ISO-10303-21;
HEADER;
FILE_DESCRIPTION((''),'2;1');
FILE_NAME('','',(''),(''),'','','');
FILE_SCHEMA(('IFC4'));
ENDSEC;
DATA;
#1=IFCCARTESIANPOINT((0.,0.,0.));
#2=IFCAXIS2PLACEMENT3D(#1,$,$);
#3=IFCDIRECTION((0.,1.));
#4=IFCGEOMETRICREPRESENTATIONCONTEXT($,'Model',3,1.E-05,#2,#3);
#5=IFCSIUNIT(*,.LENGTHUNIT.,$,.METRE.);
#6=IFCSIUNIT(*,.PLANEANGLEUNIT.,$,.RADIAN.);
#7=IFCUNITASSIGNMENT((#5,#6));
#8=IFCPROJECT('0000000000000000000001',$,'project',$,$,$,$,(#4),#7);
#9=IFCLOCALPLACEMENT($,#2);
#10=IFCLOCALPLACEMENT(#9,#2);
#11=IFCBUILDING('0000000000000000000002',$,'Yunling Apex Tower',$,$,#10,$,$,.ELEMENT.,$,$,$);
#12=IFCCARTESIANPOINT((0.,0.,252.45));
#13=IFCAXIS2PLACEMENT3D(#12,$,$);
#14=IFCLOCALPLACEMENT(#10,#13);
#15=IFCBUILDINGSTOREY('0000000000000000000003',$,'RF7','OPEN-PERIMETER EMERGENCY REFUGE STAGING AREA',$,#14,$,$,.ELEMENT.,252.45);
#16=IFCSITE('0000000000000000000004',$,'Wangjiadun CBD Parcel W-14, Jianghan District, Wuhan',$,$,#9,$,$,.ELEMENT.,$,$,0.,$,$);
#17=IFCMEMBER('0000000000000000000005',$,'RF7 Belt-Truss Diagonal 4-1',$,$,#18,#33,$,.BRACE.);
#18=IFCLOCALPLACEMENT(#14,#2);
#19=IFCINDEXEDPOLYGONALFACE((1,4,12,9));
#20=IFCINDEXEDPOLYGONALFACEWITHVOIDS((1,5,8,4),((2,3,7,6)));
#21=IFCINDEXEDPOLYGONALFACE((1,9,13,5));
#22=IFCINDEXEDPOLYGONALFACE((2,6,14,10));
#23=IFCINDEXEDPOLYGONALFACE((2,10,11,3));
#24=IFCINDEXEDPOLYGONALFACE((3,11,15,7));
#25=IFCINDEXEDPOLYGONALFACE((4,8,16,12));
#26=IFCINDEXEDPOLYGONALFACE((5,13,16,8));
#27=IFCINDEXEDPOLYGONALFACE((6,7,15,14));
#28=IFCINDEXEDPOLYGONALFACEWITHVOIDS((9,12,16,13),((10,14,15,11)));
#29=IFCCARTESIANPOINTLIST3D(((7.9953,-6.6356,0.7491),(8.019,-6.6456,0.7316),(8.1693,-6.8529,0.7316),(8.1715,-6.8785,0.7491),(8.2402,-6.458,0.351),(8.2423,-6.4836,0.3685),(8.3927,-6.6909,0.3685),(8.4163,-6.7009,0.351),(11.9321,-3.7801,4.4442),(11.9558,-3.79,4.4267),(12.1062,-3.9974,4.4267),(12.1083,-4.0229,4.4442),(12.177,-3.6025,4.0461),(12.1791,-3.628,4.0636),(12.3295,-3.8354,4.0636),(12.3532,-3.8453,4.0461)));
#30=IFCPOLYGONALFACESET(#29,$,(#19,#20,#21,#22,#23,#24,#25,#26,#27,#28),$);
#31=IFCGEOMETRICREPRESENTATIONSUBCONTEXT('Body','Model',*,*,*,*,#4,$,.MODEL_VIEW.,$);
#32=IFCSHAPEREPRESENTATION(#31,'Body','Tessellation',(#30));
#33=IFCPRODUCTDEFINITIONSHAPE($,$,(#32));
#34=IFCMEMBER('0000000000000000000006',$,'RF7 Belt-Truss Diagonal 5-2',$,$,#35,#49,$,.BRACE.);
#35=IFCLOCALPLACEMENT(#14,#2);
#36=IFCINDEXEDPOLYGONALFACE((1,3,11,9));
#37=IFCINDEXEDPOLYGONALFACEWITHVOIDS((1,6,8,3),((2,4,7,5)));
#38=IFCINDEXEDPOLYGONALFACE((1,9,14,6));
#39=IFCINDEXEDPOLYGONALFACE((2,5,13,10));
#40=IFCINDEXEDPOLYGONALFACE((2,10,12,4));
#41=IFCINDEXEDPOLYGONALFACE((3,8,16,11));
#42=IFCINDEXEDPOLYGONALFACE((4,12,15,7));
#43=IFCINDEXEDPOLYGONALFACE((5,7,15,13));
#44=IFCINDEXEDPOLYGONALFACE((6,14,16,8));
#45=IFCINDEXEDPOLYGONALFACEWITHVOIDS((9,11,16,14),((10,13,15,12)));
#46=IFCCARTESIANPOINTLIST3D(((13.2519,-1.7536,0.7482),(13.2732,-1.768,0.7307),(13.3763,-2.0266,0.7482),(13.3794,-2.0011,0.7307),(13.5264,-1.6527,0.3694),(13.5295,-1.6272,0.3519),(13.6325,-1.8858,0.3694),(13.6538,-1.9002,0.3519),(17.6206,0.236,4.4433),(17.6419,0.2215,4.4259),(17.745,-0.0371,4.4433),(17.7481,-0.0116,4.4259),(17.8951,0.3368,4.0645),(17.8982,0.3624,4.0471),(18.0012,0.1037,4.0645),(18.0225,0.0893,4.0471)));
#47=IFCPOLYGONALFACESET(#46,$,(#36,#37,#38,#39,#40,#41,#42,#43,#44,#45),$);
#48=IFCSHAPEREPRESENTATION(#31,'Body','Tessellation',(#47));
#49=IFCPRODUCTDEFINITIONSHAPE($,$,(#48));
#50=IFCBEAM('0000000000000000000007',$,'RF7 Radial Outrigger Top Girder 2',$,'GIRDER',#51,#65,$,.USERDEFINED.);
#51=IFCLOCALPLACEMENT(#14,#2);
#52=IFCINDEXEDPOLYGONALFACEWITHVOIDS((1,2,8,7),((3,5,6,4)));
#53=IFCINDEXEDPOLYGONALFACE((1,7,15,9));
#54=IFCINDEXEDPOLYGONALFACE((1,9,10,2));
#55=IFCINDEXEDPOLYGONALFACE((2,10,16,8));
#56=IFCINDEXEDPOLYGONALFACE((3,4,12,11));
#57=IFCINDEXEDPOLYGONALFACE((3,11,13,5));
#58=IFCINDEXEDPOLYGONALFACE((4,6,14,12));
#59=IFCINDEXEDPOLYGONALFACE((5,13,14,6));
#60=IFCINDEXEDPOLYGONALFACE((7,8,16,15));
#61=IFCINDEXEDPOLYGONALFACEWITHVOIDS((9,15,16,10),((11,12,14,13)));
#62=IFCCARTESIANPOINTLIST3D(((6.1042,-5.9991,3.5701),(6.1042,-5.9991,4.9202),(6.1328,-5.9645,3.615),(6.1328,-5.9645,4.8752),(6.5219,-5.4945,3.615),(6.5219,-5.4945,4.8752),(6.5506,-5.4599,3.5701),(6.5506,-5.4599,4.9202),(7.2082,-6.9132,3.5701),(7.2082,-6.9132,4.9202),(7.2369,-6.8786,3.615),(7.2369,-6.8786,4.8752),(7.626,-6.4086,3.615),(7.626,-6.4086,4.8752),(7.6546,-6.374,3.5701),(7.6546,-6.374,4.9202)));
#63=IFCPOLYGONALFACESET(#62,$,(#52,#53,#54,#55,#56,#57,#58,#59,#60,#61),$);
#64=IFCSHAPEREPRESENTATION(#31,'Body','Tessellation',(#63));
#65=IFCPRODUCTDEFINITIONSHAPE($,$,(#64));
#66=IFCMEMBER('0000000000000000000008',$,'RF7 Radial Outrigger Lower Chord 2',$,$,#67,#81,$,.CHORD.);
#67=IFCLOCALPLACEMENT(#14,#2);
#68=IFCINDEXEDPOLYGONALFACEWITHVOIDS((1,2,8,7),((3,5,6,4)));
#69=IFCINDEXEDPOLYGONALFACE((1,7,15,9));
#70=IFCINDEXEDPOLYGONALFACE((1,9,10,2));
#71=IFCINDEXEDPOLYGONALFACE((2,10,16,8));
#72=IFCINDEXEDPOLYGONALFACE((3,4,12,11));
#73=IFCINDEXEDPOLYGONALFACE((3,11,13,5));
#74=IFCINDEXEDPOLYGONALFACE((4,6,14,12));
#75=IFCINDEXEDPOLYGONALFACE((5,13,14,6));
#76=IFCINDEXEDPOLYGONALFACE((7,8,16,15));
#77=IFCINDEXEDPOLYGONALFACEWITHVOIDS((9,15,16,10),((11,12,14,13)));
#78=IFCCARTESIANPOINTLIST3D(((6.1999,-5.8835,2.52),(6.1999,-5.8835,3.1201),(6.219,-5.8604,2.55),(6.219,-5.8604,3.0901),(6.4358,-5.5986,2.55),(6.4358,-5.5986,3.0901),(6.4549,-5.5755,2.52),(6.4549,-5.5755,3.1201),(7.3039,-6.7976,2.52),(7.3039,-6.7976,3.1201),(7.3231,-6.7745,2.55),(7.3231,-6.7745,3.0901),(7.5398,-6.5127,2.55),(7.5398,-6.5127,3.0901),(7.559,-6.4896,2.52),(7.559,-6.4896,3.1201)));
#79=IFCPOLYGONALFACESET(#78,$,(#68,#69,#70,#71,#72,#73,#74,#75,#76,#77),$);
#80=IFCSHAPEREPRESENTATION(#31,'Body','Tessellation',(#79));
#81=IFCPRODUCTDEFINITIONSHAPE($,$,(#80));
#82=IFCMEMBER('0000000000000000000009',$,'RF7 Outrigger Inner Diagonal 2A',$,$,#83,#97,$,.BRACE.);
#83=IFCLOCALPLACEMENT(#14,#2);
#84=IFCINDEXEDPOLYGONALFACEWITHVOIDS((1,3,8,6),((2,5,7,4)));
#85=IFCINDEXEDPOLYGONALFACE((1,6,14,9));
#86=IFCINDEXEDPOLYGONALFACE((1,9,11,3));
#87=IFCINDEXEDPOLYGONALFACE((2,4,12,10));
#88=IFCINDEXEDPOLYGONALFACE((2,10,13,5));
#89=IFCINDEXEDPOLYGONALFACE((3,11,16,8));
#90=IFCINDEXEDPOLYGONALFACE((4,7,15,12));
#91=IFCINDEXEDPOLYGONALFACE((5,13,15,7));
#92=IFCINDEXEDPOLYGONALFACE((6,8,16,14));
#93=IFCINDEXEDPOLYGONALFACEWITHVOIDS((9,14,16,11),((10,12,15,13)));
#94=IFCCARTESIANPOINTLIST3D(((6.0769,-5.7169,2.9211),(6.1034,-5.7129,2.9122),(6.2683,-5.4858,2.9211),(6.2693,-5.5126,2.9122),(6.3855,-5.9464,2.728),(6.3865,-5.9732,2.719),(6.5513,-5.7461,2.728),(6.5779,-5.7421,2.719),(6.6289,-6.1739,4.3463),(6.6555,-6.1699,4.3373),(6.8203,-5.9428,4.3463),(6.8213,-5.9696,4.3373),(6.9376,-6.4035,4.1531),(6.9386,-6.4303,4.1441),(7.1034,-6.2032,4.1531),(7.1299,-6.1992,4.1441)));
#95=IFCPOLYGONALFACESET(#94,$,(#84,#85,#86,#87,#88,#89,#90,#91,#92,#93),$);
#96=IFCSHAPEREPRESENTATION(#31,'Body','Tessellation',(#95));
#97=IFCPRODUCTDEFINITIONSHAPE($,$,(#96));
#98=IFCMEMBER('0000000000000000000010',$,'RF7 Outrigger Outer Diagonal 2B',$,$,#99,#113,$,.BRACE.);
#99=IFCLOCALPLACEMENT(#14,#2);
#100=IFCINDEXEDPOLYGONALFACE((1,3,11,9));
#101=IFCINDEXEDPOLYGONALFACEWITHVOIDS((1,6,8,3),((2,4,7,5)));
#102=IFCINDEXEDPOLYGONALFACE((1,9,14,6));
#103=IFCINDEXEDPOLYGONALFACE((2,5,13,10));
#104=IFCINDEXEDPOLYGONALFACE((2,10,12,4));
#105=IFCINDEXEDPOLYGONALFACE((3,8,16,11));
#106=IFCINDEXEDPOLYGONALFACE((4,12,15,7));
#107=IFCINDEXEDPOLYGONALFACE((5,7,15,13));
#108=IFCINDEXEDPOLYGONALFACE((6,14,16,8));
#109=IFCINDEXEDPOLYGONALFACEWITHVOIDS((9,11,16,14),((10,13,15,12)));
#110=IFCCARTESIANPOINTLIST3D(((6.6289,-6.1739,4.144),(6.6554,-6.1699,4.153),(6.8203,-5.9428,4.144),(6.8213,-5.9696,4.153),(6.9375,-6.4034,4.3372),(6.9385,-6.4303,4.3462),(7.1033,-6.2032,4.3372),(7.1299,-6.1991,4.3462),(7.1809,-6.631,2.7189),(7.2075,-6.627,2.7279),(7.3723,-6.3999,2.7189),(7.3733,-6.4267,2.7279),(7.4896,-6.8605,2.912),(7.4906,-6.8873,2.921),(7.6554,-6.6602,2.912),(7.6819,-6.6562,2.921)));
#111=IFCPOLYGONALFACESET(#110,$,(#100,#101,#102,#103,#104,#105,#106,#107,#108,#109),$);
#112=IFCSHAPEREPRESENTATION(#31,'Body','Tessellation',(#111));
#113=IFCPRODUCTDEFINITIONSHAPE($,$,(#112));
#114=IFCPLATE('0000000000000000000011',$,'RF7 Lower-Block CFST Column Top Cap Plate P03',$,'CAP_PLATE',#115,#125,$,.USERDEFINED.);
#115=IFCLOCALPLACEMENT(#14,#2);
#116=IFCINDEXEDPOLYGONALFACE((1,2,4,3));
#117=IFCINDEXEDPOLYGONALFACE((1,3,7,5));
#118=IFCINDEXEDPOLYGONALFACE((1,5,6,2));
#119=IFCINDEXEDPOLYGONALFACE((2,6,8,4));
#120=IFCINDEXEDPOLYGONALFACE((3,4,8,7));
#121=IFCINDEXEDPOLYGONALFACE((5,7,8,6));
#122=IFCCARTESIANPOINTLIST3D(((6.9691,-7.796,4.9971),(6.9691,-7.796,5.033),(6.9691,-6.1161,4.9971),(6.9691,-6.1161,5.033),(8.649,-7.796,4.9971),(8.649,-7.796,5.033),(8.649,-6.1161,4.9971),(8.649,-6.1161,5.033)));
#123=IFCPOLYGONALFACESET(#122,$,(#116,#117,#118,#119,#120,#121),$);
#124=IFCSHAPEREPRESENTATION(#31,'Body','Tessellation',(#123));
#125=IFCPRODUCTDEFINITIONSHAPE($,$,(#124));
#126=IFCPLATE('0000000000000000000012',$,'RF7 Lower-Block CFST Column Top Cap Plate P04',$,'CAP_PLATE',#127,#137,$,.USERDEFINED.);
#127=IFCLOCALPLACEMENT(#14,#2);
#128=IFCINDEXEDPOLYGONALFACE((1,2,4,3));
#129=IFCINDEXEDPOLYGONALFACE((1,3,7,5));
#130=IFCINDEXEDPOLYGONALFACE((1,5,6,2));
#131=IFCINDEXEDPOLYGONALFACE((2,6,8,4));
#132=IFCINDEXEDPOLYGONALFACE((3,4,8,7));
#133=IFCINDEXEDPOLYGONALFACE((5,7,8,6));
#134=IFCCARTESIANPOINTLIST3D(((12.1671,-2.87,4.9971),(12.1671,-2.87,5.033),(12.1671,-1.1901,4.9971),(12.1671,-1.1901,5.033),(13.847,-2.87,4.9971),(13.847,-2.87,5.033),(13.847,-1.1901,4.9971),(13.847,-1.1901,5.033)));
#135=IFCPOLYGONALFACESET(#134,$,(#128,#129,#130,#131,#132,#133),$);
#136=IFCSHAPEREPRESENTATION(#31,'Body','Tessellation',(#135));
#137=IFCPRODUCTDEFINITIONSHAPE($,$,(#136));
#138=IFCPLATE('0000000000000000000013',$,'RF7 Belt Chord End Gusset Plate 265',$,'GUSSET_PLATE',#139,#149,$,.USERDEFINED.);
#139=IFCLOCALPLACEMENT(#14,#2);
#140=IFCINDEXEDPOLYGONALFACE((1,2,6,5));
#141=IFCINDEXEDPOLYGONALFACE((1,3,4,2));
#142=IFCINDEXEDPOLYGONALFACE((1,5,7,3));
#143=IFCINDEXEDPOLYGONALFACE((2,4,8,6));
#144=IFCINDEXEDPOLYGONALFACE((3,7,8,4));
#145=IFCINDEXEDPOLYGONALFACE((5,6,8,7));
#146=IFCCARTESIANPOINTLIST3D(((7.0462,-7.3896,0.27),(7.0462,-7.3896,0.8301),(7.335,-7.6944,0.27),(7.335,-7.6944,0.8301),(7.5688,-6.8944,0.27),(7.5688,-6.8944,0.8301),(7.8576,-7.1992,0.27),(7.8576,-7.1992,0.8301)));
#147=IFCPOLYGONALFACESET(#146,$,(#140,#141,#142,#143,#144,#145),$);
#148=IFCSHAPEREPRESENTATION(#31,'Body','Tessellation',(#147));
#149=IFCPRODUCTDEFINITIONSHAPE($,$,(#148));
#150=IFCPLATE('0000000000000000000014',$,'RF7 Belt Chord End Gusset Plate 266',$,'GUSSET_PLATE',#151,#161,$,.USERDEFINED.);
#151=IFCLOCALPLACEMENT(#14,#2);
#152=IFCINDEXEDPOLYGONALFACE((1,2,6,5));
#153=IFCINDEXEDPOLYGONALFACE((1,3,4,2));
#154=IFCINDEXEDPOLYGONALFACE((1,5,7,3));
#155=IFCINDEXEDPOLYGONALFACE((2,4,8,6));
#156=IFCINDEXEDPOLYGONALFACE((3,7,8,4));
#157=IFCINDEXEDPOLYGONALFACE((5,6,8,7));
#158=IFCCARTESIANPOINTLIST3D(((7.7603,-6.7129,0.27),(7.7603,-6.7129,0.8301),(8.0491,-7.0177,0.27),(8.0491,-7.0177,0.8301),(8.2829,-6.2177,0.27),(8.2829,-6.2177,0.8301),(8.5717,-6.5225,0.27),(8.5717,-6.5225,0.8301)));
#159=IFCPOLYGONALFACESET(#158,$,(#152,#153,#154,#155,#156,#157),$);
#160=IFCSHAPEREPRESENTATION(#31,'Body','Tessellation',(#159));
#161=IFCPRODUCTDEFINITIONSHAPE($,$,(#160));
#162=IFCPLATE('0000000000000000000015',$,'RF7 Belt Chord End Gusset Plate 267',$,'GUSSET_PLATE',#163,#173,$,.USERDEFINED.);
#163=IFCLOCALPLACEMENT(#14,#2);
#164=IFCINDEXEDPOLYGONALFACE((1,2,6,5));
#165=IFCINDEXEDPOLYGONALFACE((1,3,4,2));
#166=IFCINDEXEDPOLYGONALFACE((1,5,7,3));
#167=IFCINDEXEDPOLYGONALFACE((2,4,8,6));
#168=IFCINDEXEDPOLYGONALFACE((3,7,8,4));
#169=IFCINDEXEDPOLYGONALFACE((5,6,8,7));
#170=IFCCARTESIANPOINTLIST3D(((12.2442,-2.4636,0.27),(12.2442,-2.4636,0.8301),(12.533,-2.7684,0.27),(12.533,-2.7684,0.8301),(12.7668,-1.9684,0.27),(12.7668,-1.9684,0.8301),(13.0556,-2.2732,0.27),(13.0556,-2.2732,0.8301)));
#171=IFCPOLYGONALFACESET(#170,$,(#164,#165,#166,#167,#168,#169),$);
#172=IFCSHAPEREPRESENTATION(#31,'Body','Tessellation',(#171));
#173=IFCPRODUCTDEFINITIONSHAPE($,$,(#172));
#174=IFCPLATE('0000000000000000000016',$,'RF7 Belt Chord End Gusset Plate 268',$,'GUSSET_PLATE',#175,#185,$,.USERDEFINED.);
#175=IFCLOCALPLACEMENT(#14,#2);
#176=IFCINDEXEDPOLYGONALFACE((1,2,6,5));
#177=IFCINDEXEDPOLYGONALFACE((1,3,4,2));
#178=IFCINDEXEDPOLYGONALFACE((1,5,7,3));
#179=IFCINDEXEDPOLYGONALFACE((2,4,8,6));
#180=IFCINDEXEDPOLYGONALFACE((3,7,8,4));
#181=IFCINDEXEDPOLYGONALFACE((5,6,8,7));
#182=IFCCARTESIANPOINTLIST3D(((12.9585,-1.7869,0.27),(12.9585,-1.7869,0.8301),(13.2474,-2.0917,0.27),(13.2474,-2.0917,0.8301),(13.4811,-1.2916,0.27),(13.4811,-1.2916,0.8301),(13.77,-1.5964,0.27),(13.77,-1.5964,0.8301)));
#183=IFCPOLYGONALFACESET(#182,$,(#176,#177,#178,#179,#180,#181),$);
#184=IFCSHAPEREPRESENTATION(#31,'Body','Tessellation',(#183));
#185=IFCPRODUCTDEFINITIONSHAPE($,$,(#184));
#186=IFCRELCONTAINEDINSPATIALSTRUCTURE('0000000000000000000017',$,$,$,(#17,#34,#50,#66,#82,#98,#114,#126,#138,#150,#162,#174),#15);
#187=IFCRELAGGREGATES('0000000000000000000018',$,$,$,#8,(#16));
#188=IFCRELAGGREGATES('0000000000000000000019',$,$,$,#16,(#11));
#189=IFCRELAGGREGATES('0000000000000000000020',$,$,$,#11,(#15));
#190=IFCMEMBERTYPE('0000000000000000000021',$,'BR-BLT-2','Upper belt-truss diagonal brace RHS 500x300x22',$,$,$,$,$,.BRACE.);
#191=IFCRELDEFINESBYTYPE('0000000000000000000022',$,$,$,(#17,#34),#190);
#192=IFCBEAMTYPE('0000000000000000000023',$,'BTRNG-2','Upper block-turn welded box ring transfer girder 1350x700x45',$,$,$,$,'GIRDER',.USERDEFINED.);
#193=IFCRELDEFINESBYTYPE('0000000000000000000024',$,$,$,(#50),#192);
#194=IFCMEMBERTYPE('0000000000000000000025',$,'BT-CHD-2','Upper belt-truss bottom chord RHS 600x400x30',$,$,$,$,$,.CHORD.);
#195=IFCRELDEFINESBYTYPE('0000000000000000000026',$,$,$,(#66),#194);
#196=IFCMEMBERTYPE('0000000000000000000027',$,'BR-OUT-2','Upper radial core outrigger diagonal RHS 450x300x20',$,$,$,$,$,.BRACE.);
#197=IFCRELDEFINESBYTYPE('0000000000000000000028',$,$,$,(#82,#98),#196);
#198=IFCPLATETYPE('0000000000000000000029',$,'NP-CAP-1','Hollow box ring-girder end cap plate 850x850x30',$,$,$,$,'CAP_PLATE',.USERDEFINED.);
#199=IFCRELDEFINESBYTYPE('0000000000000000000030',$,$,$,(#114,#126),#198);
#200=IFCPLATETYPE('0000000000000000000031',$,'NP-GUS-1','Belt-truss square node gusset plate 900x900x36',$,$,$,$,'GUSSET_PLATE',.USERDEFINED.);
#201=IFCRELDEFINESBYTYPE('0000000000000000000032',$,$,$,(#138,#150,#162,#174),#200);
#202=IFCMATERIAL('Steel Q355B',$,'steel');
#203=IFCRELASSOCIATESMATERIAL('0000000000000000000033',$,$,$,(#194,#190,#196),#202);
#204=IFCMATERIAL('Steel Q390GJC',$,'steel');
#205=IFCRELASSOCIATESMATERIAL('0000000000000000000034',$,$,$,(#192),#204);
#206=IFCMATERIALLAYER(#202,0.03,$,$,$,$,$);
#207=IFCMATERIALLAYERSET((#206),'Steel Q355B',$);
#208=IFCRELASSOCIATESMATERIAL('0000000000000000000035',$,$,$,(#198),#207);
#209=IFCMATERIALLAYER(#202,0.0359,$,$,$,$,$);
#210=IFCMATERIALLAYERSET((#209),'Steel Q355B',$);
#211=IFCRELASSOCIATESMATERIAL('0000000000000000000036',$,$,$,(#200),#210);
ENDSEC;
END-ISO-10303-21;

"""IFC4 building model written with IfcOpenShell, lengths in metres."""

from ifc_helpers import new_model, si_unit, direction, frame, origin, origin_2d, place, context, subcontext, project, spatial, rectangle, hollow_rectangle, extrude, source, transform, mapped, material, layer, layer_set, material_profile, profile_set, type_object, element, save


model = new_model("IFC4")

# Units and contexts
model_context = context("Model", 3, precision=1e-05, world=origin(), true_north=direction((0.0, 1.0)))
body_context = subcontext(model_context, "Body", "Model", "MODEL_VIEW")
ifc_project = project(units=[si_unit("LENGTHUNIT", "METRE"), si_unit("PLANEANGLEUNIT", "RADIAN")], contexts=[model_context])

# Site, building, storey
site_placement = place(None, origin())
site = spatial("IfcSite", under=ifc_project, at=site_placement, Name="Wangjiadun CBD Parcel W-14, Jianghan District, Wuhan", CompositionType="ELEMENT", RefElevation=0.0)
building_placement = place(site_placement, origin())
building = spatial("IfcBuilding", under=site, at=building_placement, Name="Yunling Apex Tower", CompositionType="ELEMENT")
storey_placement = place(building_placement, frame((0.0, 0.0, 252.45)))
storey = spatial("IfcBuildingStorey", under=building, at=storey_placement, Name="RF7", Description="OPEN-PERIMETER EMERGENCY REFUGE STAGING AREA", CompositionType="ELEMENT", Elevation=252.45)

# Shared definitions
ifc_material_1 = material(Name="Steel Q390GJC", Category="steel")

# Shared definitions
ifc_material_2 = material(Name="Steel Q355B", Category="steel")

# Shared definitions
ifc_material_profile_1 = material_profile(ifc_material_2, hollow_rectangle(XDim=0.3999, YDim=0.6001, WallThickness=0.03, at=origin_2d()))
ifc_profile_set_1 = profile_set([ifc_material_profile_1], Name="Steel Q355B")
member_type_1 = type_object("IfcMemberType", Name="BT-CHD-2", Description="Upper belt-truss bottom chord RHS 600x400x30", PredefinedType="CHORD", material=ifc_profile_set_1)

# Shared definitions
ifc_material_profile_2 = material_profile(ifc_material_1, hollow_rectangle(XDim=0.7, YDim=1.3501, WallThickness=0.0449, at=origin_2d()))
ifc_profile_set_2 = profile_set([ifc_material_profile_2], Name="Steel Q390GJC")
beam_type_1 = type_object("IfcBeamType", Name="BTRNG-2", Description="Upper block-turn welded box ring transfer girder 1350x700x45", ElementType="GIRDER", PredefinedType="USERDEFINED", material=ifc_profile_set_2)

# Members
ifc_material_profile_3 = material_profile(ifc_material_2, hollow_rectangle(XDim=0.3, YDim=0.5, WallThickness=0.022, at=origin_2d()))
ifc_profile_set_3 = profile_set([ifc_material_profile_3], Name="Steel Q355B")
member_type_2 = type_object("IfcMemberType", Name="BR-BLT-2", Description="Upper belt-truss diagonal brace RHS 500x300x22", PredefinedType="BRACE", material=ifc_profile_set_3)
shared_shape_1 = source(origin(), body_context, "Body", "SweptSolid", [
    extrude(hollow_rectangle(XDim=0.3, YDim=0.5, WallThickness=0.022, at=origin_2d()), origin(), (0.0, 0.0, 1.0), 6.1079),
])
member_1_placement = place(storey_placement, frame((8.2058, -6.6682, 0.55), z_axis=(0.644546, 0.467511, 0.604974), x_axis=(-0.587144, 0.809482, 0.0)))
element("IfcMember", 1, at=member_1_placement, inside=storey, type_object=member_type_2, Name="RF7 Belt-Truss Diagonal 4-1", PredefinedType="BRACE", context=body_context, shape_type="MappedRepresentation", body=[
    mapped(shared_shape_1, transform((0.0, 0.0, 0.0), scale=1.0)),
])
shared_shape_2 = source(origin(), body_context, "Body", "SweptSolid", [
    extrude(hollow_rectangle(XDim=0.3, YDim=0.5, WallThickness=0.022, at=origin_2d()), origin(), (0.0, 0.0, 1.0), 6.0579),
])
member_2_placement = place(storey_placement, frame((13.4529, -1.8269, 0.55), z_axis=(0.721163, 0.328421, 0.60997), x_axis=(-0.41445, 0.910072, 0.0)))
element("IfcMember", 2, at=member_2_placement, inside=storey, type_object=member_type_2, Name="RF7 Belt-Truss Diagonal 5-2", PredefinedType="BRACE", context=body_context, shape_type="MappedRepresentation", body=[
    mapped(shared_shape_2, transform((0.0, 0.0, 0.0), scale=1.0)),
])

# Beam
shared_shape_3 = source(origin(), body_context, "Body", "SweptSolid", [
    extrude(hollow_rectangle(XDim=0.7, YDim=1.3501, WallThickness=0.0449, at=origin_2d()), origin(), (0.0, 0.0, 1.0), 1.4333),
])
beam_1_placement = place(storey_placement, frame((6.3274, -5.7295, 4.2451), z_axis=(0.770256, -0.637735, 0.0), x_axis=(0.637735, 0.770256, 0.0)))
element("IfcBeam", 3, at=beam_1_placement, inside=storey, type_object=beam_type_1, Name="RF7 Radial Outrigger Top Girder 2", ObjectType="GIRDER", PredefinedType="USERDEFINED", context=body_context, shape_type="MappedRepresentation", body=[
    mapped(shared_shape_3, transform((0.0, 0.0, 0.0), scale=1.0)),
])

# Members
shared_shape_4 = source(origin(), body_context, "Body", "SweptSolid", [
    extrude(hollow_rectangle(XDim=0.3999, YDim=0.6001, WallThickness=0.03, at=origin_2d()), origin(), (0.0, 0.0, 1.0), 1.4333),
])
member_3_placement = place(storey_placement, frame((6.3274, -5.7295, 2.8201), z_axis=(0.770256, -0.637735, 0.0), x_axis=(0.637735, 0.770256, 0.0)))
element("IfcMember", 4, at=member_3_placement, inside=storey, type_object=member_type_1, Name="RF7 Radial Outrigger Lower Chord 2", PredefinedType="CHORD", context=body_context, shape_type="MappedRepresentation", body=[
    mapped(shared_shape_4, transform((0.0, 0.0, 0.0), scale=1.0)),
])
ifc_material_profile_4 = material_profile(ifc_material_2, hollow_rectangle(XDim=0.3, YDim=0.45, WallThickness=0.02, at=origin_2d()))
ifc_profile_set_4 = profile_set([ifc_material_profile_4], Name="Steel Q355B")
member_type_3 = type_object("IfcMemberType", Name="BR-OUT-2", Description="Upper radial core outrigger diagonal RHS 450x300x20", PredefinedType="BRACE", material=ifc_profile_set_4)
shared_shape_5 = source(origin(), body_context, "Body", "SweptSolid", [
    extrude(hollow_rectangle(XDim=0.3, YDim=0.45, WallThickness=0.02, at=origin_2d()), origin(), (0.0, 0.0, 1.0), 1.5952),
])
for number, where, z_axis, x_axis, name in (
    (5, (6.3274, -5.7295, 2.8201), (0.346061, -0.286522, 0.893391), (0.637735, 0.770256, 0.0), "RF7 Outrigger Inner Diagonal 2A"),
    (6, (6.8794, -6.1865, 4.2451), (0.346061, -0.286522, -0.893391), (0.637735, 0.770256, 0.0), "RF7 Outrigger Outer Diagonal 2B"),
):
    element("IfcMember", number, at=place(storey_placement, frame(where, z_axis=z_axis, x_axis=x_axis)), inside=storey, type_object=member_type_3, Name=name, PredefinedType="BRACE", context=body_context, shape_type="MappedRepresentation", body=[
        mapped(shared_shape_5, transform((0.0, 0.0, 0.0), scale=1.0)),
    ])

# Plates
ifc_layer_1 = layer(ifc_material_2, 0.03)
ifc_layer_set_1 = layer_set([ifc_layer_1], Name="Steel Q355B")
plate_type_1 = type_object("IfcPlateType", Name="NP-CAP-1", Description="Hollow box ring-girder end cap plate 850x850x30", ElementType="CAP_PLATE", PredefinedType="USERDEFINED", material=ifc_layer_set_1)
shared_shape_6 = source(origin(), body_context, "Body", "SweptSolid", [
    extrude(rectangle(XDim=1.6799, YDim=1.6799, at=origin_2d()), origin(), (0.0, 0.0, 1.0), 0.0359),
])
for number, where, z_axis, x_axis, name in (
    (7, (7.8091, -6.9561, 4.9971), (0.0, 0.0, 1.0), (1.0, 0.0, 0.0), "RF7 Lower-Block CFST Column Top Cap Plate P03"),
    (8, (13.0071, -2.03, 4.9971), (0.0, 0.0, 1.0), (1.0, 0.0, 0.0), "RF7 Lower-Block CFST Column Top Cap Plate P04"),
):
    element("IfcPlate", number, at=place(storey_placement, frame(where, z_axis=z_axis, x_axis=x_axis)), inside=storey, type_object=plate_type_1, Name=name, ObjectType="CAP_PLATE", PredefinedType="USERDEFINED", context=body_context, shape_type="MappedRepresentation", body=[
        mapped(shared_shape_6, transform((0.0, 0.0, 0.0), scale=1.0)),
    ])
ifc_layer_2 = layer(ifc_material_2, 0.0359)
ifc_layer_set_2 = layer_set([ifc_layer_2], Name="Steel Q355B")
plate_type_2 = type_object("IfcPlateType", Name="NP-GUS-1", Description="Belt-truss square node gusset plate 900x900x36", ElementType="GUSSET_PLATE", PredefinedType="USERDEFINED", material=ifc_layer_set_2)
shared_shape_7 = source(origin(), body_context, "Body", "SweptSolid", [
    extrude(rectangle(XDim=0.72, YDim=0.4199, at=origin_2d()), origin(), (0.0, 0.0, 1.0), 0.5601),
])
for number, where, z_axis, x_axis, name in (
    (9, (7.4519, -7.2944, 0.27), (0.0, 0.0, 1.0), (0.725855, 0.687848, 0.0), "RF7 Belt Chord End Gusset Plate 265"),
    (10, (8.166, -6.6177, 0.27), (0.0, 0.0, 1.0), (0.725855, 0.687848, 0.0), "RF7 Belt Chord End Gusset Plate 266"),
    (11, (12.6499, -2.3684, 0.27), (0.0, 0.0, 1.0), (0.725855, 0.687848, 0.0), "RF7 Belt Chord End Gusset Plate 267"),
    (12, (13.3643, -1.6917, 0.27), (0.0, 0.0, 1.0), (0.725855, 0.687848, 0.0), "RF7 Belt Chord End Gusset Plate 268"),
):
    element("IfcPlate", number, at=place(storey_placement, frame(where, z_axis=z_axis, x_axis=x_axis)), inside=storey, type_object=plate_type_2, Name=name, ObjectType="GUSSET_PLATE", PredefinedType="USERDEFINED", context=body_context, shape_type="MappedRepresentation", body=[
        mapped(shared_shape_7, transform((0.0, 0.0, 0.0), scale=1.0)),
    ])

save(model, "model.ifc")
